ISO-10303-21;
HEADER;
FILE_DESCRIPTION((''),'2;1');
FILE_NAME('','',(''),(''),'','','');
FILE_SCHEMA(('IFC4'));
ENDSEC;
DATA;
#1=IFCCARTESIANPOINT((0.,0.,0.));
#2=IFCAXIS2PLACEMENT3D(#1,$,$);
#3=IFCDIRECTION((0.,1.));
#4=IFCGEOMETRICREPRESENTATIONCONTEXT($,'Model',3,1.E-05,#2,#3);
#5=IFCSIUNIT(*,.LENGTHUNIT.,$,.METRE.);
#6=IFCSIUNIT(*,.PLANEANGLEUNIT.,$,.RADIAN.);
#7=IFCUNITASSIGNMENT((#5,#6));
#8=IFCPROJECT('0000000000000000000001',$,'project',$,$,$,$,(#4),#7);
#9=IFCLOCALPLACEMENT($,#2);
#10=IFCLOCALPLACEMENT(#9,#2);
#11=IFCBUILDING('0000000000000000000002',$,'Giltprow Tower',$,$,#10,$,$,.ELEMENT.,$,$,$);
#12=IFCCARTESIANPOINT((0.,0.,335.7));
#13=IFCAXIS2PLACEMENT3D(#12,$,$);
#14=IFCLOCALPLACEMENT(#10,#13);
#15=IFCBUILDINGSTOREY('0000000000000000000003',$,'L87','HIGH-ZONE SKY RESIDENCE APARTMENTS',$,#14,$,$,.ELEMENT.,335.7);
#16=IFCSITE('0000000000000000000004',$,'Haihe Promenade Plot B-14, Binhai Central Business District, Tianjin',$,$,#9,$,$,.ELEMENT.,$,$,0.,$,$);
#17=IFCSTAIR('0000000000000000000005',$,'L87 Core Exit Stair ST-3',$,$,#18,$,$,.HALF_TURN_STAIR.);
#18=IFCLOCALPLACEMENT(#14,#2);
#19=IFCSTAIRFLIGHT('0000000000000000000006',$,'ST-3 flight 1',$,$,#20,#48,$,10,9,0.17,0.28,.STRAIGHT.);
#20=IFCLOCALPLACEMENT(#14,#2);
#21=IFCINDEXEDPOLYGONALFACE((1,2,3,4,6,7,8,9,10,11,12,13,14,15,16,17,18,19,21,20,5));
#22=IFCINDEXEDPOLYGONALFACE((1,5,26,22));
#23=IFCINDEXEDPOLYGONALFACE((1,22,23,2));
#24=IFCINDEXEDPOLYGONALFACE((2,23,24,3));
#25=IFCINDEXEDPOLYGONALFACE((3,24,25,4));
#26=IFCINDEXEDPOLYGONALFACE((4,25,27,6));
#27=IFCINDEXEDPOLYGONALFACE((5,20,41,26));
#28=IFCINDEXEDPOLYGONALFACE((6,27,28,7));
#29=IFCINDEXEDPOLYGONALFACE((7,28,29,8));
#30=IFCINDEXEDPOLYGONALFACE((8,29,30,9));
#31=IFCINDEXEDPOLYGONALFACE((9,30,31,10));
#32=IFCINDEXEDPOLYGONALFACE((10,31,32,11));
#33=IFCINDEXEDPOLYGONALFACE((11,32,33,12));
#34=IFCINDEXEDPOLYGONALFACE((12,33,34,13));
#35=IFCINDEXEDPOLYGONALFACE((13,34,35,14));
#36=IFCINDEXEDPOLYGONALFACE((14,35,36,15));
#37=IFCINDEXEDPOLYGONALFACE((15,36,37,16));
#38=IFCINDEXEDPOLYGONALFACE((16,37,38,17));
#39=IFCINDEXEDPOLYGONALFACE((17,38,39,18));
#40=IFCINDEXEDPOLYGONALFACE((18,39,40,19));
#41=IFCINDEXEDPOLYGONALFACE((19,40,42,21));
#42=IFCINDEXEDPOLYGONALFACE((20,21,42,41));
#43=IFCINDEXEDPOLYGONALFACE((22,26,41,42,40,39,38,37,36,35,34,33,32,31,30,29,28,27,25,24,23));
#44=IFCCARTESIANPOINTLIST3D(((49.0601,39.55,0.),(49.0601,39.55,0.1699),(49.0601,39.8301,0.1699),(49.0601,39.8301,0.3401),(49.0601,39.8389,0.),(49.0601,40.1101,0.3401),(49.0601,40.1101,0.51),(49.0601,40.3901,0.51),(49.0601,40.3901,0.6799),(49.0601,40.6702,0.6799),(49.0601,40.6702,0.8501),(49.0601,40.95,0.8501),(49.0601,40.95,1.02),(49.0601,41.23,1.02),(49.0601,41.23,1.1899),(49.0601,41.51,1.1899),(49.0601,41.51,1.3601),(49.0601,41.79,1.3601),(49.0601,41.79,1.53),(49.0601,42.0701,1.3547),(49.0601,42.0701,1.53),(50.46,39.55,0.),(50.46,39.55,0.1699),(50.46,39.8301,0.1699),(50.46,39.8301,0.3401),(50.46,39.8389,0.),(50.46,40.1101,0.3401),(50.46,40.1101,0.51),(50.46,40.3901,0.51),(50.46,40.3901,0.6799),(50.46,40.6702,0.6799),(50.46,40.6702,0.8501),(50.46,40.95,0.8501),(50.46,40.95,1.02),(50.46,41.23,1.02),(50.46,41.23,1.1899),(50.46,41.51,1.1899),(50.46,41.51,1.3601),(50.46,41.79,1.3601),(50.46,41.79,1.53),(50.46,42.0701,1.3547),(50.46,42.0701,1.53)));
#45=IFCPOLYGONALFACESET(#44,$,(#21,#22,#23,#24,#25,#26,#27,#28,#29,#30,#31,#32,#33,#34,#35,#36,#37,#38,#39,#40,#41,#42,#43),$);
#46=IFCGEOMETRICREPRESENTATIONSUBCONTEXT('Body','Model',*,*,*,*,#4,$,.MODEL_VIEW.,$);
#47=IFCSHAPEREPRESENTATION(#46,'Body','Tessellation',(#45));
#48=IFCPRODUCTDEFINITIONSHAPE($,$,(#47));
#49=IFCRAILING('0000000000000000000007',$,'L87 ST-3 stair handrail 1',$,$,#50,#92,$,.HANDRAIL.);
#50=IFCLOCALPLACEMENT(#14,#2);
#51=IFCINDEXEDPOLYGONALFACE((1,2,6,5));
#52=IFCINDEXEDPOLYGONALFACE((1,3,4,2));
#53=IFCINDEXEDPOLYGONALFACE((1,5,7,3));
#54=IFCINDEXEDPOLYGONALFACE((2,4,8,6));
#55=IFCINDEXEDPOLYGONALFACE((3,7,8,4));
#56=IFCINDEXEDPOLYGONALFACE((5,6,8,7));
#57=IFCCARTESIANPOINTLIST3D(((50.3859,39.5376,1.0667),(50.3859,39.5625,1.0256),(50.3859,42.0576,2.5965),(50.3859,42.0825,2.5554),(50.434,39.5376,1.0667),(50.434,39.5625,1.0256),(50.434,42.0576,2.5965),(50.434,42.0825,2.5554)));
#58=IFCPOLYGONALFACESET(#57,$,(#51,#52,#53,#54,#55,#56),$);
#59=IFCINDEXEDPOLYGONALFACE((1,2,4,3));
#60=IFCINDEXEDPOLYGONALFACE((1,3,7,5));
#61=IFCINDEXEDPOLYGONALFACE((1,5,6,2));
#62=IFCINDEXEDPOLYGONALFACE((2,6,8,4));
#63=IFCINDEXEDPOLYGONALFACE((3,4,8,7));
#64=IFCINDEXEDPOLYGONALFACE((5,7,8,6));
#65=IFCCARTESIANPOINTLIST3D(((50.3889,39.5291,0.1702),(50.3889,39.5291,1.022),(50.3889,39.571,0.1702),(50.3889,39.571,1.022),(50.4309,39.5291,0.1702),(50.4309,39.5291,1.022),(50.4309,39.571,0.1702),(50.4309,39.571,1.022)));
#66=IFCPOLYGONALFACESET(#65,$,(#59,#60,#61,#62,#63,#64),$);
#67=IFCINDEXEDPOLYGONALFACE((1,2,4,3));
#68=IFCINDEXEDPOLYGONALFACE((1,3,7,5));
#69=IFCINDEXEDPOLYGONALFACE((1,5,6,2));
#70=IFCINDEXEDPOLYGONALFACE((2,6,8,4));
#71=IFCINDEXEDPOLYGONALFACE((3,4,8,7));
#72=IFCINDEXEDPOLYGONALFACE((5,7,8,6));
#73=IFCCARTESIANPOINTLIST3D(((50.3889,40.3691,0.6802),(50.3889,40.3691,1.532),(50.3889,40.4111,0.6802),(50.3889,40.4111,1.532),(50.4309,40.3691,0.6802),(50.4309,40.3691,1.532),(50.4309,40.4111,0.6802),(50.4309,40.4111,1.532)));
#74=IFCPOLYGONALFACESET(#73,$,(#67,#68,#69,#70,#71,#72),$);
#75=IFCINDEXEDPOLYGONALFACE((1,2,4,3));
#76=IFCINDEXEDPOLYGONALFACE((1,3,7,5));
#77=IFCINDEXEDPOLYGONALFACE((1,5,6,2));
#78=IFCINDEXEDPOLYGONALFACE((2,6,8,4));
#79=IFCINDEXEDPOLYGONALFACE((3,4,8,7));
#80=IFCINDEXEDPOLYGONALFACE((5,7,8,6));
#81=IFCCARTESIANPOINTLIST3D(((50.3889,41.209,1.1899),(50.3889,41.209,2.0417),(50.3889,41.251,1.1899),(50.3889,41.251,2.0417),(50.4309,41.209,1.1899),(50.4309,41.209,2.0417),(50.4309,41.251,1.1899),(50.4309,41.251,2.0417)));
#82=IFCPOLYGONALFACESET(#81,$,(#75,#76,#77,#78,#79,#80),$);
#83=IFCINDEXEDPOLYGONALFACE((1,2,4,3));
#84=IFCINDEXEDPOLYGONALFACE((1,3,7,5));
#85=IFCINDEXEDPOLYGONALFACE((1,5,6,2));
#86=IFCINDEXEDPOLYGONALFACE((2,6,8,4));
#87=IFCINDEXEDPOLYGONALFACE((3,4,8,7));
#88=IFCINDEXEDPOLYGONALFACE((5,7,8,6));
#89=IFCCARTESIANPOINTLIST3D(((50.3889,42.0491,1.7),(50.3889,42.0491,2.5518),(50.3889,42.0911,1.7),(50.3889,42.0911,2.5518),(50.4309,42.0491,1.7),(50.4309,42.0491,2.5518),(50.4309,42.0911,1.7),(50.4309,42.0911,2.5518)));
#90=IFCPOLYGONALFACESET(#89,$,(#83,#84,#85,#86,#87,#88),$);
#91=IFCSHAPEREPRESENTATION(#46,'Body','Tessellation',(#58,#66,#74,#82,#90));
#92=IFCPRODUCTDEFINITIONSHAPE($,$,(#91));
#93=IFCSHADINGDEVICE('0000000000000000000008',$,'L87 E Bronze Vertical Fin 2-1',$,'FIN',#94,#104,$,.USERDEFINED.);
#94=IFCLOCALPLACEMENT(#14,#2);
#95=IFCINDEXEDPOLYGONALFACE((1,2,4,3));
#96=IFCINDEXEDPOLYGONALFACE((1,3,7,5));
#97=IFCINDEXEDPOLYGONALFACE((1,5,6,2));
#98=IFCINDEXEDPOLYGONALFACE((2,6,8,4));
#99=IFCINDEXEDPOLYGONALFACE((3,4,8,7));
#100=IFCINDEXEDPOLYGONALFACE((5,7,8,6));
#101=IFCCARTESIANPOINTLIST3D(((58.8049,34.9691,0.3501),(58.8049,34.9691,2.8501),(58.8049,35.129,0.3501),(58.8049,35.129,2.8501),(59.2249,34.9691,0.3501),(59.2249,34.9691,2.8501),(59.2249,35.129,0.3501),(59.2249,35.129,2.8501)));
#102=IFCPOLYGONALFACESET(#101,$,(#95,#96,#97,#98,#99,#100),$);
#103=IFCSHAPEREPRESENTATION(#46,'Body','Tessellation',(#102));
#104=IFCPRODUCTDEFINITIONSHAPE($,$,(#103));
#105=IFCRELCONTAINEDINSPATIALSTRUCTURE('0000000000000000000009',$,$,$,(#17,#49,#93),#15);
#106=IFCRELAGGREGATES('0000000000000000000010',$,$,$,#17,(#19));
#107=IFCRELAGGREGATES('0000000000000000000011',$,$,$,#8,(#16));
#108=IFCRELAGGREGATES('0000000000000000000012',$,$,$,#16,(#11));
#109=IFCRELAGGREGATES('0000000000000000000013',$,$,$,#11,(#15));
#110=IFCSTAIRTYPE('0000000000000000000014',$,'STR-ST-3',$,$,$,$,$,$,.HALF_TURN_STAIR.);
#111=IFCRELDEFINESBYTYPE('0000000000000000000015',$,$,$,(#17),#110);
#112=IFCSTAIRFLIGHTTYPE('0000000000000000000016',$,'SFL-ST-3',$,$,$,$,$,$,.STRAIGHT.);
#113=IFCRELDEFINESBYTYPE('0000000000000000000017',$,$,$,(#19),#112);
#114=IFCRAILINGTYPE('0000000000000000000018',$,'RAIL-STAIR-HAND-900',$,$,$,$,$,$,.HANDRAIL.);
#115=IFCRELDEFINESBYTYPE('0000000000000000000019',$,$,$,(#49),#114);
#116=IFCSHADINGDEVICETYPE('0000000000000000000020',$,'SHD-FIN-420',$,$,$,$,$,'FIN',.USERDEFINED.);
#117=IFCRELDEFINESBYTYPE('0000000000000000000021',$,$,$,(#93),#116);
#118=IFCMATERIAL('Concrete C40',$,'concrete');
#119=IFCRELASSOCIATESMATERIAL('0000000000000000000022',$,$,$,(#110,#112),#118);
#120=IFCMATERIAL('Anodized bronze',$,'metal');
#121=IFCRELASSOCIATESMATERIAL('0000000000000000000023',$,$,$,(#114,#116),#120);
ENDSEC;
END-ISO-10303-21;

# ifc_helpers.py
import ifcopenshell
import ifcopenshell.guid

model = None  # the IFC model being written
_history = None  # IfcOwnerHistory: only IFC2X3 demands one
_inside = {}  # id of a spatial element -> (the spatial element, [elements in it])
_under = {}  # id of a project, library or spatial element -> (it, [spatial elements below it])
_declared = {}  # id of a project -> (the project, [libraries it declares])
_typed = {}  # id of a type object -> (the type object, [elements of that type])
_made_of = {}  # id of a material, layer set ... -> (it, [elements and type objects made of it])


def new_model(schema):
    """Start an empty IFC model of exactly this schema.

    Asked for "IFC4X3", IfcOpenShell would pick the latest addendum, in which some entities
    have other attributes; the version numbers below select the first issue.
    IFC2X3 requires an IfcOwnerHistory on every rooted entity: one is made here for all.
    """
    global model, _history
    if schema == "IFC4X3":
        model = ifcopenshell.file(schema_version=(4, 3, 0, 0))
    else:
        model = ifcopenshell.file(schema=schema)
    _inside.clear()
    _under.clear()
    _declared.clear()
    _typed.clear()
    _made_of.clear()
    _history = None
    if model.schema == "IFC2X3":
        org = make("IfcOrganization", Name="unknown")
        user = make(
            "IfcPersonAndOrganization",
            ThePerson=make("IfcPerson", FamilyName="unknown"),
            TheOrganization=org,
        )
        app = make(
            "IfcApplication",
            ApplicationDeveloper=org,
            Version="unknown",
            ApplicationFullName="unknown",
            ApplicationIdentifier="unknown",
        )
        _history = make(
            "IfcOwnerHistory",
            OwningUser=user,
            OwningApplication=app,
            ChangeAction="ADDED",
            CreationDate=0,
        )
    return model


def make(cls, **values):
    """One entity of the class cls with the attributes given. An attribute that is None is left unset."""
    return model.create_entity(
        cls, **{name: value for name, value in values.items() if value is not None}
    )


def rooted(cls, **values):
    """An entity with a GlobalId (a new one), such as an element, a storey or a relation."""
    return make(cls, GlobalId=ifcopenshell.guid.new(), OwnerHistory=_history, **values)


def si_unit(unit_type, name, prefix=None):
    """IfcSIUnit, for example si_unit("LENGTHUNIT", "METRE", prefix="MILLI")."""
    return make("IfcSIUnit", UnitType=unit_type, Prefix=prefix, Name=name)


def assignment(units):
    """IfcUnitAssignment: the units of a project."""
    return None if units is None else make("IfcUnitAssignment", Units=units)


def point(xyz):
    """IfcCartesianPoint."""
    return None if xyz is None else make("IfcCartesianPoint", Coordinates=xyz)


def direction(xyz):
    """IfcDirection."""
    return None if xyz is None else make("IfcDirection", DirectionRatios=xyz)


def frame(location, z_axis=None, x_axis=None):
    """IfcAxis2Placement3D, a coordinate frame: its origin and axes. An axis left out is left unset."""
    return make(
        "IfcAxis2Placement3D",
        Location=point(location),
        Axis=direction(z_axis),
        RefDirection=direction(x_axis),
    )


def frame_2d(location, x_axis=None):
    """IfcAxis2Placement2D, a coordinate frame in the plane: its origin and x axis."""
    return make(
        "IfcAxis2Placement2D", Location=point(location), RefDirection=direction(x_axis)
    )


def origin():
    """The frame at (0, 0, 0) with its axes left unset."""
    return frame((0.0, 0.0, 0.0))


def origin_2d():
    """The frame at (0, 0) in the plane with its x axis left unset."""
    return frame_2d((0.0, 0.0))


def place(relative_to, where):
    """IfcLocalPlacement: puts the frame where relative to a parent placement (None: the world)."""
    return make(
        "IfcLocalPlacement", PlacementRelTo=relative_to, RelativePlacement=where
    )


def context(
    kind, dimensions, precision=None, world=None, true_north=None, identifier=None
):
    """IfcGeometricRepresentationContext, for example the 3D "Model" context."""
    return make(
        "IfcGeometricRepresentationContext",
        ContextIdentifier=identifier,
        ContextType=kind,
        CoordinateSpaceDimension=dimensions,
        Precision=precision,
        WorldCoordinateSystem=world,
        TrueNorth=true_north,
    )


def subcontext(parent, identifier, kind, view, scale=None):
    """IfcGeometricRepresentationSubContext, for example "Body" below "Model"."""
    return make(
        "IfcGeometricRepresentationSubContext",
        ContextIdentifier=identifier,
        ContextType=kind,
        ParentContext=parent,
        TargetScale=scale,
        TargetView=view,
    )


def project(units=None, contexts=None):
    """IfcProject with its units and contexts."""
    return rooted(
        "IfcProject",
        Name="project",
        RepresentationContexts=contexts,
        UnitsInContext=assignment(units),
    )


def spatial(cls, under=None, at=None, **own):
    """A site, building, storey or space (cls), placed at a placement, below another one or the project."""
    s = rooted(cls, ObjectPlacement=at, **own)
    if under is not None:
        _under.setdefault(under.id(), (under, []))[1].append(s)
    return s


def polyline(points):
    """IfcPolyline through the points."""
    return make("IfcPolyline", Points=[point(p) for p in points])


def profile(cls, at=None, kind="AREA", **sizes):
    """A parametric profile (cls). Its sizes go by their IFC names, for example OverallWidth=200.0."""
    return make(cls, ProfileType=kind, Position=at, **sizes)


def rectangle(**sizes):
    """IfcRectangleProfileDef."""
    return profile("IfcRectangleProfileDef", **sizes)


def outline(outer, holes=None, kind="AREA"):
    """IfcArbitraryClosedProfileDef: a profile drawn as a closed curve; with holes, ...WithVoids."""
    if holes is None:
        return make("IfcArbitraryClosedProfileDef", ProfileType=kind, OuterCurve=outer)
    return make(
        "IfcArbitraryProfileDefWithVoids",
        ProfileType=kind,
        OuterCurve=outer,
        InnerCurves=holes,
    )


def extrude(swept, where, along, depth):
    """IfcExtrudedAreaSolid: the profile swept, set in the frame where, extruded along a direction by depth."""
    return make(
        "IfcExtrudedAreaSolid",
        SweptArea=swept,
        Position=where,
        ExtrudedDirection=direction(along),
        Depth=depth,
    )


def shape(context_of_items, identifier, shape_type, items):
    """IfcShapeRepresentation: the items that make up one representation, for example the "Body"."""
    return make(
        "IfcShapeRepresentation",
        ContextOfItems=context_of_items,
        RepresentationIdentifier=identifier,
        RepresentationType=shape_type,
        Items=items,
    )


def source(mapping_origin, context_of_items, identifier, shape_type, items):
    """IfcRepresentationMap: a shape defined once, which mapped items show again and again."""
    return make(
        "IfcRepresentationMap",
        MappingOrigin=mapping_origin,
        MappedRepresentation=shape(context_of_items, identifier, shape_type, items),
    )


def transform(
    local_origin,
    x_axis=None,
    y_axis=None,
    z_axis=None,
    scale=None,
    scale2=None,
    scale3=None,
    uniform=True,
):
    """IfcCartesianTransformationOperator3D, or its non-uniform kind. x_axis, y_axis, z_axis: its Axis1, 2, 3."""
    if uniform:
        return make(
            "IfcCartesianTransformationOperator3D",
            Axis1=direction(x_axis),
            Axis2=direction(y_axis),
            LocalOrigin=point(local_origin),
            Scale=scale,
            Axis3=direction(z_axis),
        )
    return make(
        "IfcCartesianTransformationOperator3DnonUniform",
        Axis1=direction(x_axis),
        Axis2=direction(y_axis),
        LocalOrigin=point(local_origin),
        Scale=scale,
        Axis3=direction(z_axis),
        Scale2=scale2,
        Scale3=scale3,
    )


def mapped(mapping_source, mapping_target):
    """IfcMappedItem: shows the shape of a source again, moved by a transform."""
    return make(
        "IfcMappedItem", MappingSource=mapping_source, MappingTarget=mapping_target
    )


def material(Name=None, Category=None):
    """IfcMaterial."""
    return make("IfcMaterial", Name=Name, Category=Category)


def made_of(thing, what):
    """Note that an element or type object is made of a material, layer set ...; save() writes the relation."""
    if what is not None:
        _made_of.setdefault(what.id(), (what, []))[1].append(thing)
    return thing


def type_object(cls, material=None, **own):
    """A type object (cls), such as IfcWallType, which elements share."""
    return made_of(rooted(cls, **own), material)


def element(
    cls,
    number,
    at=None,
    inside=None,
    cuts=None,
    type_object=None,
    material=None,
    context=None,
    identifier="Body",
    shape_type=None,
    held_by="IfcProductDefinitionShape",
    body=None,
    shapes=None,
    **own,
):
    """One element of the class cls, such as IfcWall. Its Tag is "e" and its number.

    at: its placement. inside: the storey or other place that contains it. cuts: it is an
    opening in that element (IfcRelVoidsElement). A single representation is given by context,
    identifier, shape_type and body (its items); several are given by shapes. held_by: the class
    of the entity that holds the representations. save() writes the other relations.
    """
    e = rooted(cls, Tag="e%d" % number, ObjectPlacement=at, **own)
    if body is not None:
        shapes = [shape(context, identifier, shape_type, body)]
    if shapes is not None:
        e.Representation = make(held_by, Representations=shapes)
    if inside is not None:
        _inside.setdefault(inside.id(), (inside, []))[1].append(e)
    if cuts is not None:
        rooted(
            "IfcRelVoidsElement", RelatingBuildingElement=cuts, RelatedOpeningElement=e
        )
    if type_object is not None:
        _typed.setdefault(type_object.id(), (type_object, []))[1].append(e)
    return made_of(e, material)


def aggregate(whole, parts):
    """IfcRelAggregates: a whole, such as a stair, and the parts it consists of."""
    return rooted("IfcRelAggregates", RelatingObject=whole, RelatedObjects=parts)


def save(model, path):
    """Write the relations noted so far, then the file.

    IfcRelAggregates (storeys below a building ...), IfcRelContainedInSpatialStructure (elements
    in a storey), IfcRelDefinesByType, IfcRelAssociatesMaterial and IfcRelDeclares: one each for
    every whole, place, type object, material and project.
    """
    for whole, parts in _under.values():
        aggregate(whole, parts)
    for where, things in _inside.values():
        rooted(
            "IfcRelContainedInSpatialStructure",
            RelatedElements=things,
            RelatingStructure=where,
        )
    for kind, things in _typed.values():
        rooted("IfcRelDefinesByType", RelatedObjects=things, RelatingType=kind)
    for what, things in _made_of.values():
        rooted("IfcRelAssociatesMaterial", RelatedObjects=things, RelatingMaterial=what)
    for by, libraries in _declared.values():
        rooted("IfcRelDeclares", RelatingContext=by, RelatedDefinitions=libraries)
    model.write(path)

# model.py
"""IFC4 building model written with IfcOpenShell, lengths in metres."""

from ifc_helpers import new_model, si_unit, direction, frame, origin, origin_2d, place, context, subcontext, project, spatial, polyline, rectangle, outline, extrude, source, transform, mapped, material, type_object, element, aggregate, save


model = new_model("IFC4")

# Units and contexts
model_context = context("Model", 3, precision=1e-05, world=origin(), true_north=direction((0.0, 1.0)))
body_context = subcontext(model_context, "Body", "Model", "MODEL_VIEW")
ifc_project = project(units=[si_unit("LENGTHUNIT", "METRE"), si_unit("PLANEANGLEUNIT", "RADIAN")], contexts=[model_context])

# Site, building, storey
site_placement = place(None, origin())
site = spatial("IfcSite", under=ifc_project, at=site_placement, Name="Haihe Promenade Plot B-14, Binhai Central Business District, Tianjin", CompositionType="ELEMENT", RefElevation=0.0)
building_placement = place(site_placement, origin())
building = spatial("IfcBuilding", under=site, at=building_placement, Name="Giltprow Tower", CompositionType="ELEMENT")
storey_placement = place(building_placement, frame((0.0, 0.0, 335.7)))
storey = spatial("IfcBuildingStorey", under=building, at=storey_placement, Name="L87", Description="HIGH-ZONE SKY RESIDENCE APARTMENTS", CompositionType="ELEMENT", Elevation=335.7)

# Stair, stair flight
ifc_material_1 = material(Name="Concrete C40", Category="concrete")
stair_type = type_object("IfcStairType", Name="STR-ST-3", PredefinedType="HALF_TURN_STAIR", material=ifc_material_1)
stair_placement = place(storey_placement, origin())
stair = element("IfcStair", 1, at=stair_placement, inside=storey, type_object=stair_type, Name="L87 Core Exit Stair ST-3", PredefinedType="HALF_TURN_STAIR")
stair_flight_type = type_object("IfcStairFlightType", Name="SFL-ST-3", PredefinedType="STRAIGHT", material=ifc_material_1)
stair_flight_placement = place(storey_placement, frame((49.76, 39.55, 0.0), z_axis=(0.0, 0.0, 1.0), x_axis=(0.0, 1.0, 0.0)))
stair_flight = element("IfcStairFlight", 2, at=stair_flight_placement, type_object=stair_flight_type, Name="ST-3 flight 1", NumberOfRisers=10, NumberOfTreads=9, PredefinedType="STRAIGHT", RiserHeight=0.17, TreadLength=0.28, context=body_context, shape_type="SweptSolid", body=[
    extrude(outline(polyline([(0.0, 0.0), (0.0, 0.1699), (0.28, 0.1699), (0.28, 0.3401), (0.5601, 0.3401), (0.5601, 0.51), (0.8401, 0.51), (0.8401, 0.6799), (1.1201, 0.6799), (1.1201, 0.8501), (1.3999, 0.8501), (1.3999, 1.02), (1.6799, 1.02), (1.6799, 1.1899), (1.96, 1.1899), (1.96, 1.3601), (2.24, 1.3601), (2.24, 1.53), (2.52, 1.53), (2.52, 1.7), (2.52, 1.3547), (0.2888, 0.0), (0.0, 0.0)])), frame((0.0, 0.7, 0.0), z_axis=(0.0, -1.0, 0.0), x_axis=(1.0, 0.0, 0.0)), (0.0, 0.0, 1.0), 1.3999),
])
aggregate(stair, [stair_flight])

# Railing
ifc_material_2 = material(Name="Anodized bronze", Category="metal")
railing_type = type_object("IfcRailingType", Name="RAIL-STAIR-HAND-900", PredefinedType="HANDRAIL", material=ifc_material_2)
railing_placement = place(storey_placement, frame((50.4099, 39.55, 0.1702)))
element("IfcRailing", 3, at=railing_placement, inside=storey, type_object=railing_type, Name="L87 ST-3 stair handrail 1", PredefinedType="HANDRAIL", context=body_context, shape_type="SweptSolid", body=[
    extrude(rectangle(XDim=0.0481, YDim=0.0481, at=origin_2d()), frame((0.0, 0.0, 0.876), z_axis=(0.0, 0.854822, 0.518922), x_axis=(-1.0, 0.0, 0.0)), (0.0, 0.0, 1.0), 2.948),
    extrude(rectangle(XDim=0.042, YDim=0.042, at=origin_2d()), origin(), (0.0, 0.0, 1.0), 0.8518),
    extrude(rectangle(XDim=0.042, YDim=0.042, at=origin_2d()), frame((0.0, 0.8401, 0.51)), (0.0, 0.0, 1.0), 0.8518),
    extrude(rectangle(XDim=0.042, YDim=0.042, at=origin_2d()), frame((0.0, 1.6799, 1.0198)), (0.0, 0.0, 1.0), 0.8518),
    extrude(rectangle(XDim=0.042, YDim=0.042, at=origin_2d()), frame((0.0, 2.52, 1.5298)), (0.0, 0.0, 1.0), 0.8518),
])

# Shading device
shading_device_type = type_object("IfcShadingDeviceType", Name="SHD-FIN-420", ElementType="FIN", PredefinedType="USERDEFINED", material=ifc_material_2)
shared_shape_1 = source(origin(), body_context, "Body", "SweptSolid", [
    extrude(rectangle(XDim=0.4199, YDim=0.1599, at=origin_2d()), origin(), (0.0, 0.0, 1.0), 2.5),
])
shading_device_placement = place(storey_placement, frame((59.0149, 35.0491, 0.3501), z_axis=(0.0, 0.0, 1.0), x_axis=(1.0, 0.0, 0.0)))
element("IfcShadingDevice", 4, at=shading_device_placement, inside=storey, type_object=shading_device_type, Name="L87 E Bronze Vertical Fin 2-1", ObjectType="FIN", PredefinedType="USERDEFINED", context=body_context, shape_type="MappedRepresentation", body=[
    mapped(shared_shape_1, transform((0.0, 0.0, 0.0), x_axis=(1.0, 0.0, 0.0), y_axis=(0.0, 1.0, 0.0), z_axis=(0.0, 0.0, 1.0), scale=1.0)),
])

save(model, "model.ifc")
